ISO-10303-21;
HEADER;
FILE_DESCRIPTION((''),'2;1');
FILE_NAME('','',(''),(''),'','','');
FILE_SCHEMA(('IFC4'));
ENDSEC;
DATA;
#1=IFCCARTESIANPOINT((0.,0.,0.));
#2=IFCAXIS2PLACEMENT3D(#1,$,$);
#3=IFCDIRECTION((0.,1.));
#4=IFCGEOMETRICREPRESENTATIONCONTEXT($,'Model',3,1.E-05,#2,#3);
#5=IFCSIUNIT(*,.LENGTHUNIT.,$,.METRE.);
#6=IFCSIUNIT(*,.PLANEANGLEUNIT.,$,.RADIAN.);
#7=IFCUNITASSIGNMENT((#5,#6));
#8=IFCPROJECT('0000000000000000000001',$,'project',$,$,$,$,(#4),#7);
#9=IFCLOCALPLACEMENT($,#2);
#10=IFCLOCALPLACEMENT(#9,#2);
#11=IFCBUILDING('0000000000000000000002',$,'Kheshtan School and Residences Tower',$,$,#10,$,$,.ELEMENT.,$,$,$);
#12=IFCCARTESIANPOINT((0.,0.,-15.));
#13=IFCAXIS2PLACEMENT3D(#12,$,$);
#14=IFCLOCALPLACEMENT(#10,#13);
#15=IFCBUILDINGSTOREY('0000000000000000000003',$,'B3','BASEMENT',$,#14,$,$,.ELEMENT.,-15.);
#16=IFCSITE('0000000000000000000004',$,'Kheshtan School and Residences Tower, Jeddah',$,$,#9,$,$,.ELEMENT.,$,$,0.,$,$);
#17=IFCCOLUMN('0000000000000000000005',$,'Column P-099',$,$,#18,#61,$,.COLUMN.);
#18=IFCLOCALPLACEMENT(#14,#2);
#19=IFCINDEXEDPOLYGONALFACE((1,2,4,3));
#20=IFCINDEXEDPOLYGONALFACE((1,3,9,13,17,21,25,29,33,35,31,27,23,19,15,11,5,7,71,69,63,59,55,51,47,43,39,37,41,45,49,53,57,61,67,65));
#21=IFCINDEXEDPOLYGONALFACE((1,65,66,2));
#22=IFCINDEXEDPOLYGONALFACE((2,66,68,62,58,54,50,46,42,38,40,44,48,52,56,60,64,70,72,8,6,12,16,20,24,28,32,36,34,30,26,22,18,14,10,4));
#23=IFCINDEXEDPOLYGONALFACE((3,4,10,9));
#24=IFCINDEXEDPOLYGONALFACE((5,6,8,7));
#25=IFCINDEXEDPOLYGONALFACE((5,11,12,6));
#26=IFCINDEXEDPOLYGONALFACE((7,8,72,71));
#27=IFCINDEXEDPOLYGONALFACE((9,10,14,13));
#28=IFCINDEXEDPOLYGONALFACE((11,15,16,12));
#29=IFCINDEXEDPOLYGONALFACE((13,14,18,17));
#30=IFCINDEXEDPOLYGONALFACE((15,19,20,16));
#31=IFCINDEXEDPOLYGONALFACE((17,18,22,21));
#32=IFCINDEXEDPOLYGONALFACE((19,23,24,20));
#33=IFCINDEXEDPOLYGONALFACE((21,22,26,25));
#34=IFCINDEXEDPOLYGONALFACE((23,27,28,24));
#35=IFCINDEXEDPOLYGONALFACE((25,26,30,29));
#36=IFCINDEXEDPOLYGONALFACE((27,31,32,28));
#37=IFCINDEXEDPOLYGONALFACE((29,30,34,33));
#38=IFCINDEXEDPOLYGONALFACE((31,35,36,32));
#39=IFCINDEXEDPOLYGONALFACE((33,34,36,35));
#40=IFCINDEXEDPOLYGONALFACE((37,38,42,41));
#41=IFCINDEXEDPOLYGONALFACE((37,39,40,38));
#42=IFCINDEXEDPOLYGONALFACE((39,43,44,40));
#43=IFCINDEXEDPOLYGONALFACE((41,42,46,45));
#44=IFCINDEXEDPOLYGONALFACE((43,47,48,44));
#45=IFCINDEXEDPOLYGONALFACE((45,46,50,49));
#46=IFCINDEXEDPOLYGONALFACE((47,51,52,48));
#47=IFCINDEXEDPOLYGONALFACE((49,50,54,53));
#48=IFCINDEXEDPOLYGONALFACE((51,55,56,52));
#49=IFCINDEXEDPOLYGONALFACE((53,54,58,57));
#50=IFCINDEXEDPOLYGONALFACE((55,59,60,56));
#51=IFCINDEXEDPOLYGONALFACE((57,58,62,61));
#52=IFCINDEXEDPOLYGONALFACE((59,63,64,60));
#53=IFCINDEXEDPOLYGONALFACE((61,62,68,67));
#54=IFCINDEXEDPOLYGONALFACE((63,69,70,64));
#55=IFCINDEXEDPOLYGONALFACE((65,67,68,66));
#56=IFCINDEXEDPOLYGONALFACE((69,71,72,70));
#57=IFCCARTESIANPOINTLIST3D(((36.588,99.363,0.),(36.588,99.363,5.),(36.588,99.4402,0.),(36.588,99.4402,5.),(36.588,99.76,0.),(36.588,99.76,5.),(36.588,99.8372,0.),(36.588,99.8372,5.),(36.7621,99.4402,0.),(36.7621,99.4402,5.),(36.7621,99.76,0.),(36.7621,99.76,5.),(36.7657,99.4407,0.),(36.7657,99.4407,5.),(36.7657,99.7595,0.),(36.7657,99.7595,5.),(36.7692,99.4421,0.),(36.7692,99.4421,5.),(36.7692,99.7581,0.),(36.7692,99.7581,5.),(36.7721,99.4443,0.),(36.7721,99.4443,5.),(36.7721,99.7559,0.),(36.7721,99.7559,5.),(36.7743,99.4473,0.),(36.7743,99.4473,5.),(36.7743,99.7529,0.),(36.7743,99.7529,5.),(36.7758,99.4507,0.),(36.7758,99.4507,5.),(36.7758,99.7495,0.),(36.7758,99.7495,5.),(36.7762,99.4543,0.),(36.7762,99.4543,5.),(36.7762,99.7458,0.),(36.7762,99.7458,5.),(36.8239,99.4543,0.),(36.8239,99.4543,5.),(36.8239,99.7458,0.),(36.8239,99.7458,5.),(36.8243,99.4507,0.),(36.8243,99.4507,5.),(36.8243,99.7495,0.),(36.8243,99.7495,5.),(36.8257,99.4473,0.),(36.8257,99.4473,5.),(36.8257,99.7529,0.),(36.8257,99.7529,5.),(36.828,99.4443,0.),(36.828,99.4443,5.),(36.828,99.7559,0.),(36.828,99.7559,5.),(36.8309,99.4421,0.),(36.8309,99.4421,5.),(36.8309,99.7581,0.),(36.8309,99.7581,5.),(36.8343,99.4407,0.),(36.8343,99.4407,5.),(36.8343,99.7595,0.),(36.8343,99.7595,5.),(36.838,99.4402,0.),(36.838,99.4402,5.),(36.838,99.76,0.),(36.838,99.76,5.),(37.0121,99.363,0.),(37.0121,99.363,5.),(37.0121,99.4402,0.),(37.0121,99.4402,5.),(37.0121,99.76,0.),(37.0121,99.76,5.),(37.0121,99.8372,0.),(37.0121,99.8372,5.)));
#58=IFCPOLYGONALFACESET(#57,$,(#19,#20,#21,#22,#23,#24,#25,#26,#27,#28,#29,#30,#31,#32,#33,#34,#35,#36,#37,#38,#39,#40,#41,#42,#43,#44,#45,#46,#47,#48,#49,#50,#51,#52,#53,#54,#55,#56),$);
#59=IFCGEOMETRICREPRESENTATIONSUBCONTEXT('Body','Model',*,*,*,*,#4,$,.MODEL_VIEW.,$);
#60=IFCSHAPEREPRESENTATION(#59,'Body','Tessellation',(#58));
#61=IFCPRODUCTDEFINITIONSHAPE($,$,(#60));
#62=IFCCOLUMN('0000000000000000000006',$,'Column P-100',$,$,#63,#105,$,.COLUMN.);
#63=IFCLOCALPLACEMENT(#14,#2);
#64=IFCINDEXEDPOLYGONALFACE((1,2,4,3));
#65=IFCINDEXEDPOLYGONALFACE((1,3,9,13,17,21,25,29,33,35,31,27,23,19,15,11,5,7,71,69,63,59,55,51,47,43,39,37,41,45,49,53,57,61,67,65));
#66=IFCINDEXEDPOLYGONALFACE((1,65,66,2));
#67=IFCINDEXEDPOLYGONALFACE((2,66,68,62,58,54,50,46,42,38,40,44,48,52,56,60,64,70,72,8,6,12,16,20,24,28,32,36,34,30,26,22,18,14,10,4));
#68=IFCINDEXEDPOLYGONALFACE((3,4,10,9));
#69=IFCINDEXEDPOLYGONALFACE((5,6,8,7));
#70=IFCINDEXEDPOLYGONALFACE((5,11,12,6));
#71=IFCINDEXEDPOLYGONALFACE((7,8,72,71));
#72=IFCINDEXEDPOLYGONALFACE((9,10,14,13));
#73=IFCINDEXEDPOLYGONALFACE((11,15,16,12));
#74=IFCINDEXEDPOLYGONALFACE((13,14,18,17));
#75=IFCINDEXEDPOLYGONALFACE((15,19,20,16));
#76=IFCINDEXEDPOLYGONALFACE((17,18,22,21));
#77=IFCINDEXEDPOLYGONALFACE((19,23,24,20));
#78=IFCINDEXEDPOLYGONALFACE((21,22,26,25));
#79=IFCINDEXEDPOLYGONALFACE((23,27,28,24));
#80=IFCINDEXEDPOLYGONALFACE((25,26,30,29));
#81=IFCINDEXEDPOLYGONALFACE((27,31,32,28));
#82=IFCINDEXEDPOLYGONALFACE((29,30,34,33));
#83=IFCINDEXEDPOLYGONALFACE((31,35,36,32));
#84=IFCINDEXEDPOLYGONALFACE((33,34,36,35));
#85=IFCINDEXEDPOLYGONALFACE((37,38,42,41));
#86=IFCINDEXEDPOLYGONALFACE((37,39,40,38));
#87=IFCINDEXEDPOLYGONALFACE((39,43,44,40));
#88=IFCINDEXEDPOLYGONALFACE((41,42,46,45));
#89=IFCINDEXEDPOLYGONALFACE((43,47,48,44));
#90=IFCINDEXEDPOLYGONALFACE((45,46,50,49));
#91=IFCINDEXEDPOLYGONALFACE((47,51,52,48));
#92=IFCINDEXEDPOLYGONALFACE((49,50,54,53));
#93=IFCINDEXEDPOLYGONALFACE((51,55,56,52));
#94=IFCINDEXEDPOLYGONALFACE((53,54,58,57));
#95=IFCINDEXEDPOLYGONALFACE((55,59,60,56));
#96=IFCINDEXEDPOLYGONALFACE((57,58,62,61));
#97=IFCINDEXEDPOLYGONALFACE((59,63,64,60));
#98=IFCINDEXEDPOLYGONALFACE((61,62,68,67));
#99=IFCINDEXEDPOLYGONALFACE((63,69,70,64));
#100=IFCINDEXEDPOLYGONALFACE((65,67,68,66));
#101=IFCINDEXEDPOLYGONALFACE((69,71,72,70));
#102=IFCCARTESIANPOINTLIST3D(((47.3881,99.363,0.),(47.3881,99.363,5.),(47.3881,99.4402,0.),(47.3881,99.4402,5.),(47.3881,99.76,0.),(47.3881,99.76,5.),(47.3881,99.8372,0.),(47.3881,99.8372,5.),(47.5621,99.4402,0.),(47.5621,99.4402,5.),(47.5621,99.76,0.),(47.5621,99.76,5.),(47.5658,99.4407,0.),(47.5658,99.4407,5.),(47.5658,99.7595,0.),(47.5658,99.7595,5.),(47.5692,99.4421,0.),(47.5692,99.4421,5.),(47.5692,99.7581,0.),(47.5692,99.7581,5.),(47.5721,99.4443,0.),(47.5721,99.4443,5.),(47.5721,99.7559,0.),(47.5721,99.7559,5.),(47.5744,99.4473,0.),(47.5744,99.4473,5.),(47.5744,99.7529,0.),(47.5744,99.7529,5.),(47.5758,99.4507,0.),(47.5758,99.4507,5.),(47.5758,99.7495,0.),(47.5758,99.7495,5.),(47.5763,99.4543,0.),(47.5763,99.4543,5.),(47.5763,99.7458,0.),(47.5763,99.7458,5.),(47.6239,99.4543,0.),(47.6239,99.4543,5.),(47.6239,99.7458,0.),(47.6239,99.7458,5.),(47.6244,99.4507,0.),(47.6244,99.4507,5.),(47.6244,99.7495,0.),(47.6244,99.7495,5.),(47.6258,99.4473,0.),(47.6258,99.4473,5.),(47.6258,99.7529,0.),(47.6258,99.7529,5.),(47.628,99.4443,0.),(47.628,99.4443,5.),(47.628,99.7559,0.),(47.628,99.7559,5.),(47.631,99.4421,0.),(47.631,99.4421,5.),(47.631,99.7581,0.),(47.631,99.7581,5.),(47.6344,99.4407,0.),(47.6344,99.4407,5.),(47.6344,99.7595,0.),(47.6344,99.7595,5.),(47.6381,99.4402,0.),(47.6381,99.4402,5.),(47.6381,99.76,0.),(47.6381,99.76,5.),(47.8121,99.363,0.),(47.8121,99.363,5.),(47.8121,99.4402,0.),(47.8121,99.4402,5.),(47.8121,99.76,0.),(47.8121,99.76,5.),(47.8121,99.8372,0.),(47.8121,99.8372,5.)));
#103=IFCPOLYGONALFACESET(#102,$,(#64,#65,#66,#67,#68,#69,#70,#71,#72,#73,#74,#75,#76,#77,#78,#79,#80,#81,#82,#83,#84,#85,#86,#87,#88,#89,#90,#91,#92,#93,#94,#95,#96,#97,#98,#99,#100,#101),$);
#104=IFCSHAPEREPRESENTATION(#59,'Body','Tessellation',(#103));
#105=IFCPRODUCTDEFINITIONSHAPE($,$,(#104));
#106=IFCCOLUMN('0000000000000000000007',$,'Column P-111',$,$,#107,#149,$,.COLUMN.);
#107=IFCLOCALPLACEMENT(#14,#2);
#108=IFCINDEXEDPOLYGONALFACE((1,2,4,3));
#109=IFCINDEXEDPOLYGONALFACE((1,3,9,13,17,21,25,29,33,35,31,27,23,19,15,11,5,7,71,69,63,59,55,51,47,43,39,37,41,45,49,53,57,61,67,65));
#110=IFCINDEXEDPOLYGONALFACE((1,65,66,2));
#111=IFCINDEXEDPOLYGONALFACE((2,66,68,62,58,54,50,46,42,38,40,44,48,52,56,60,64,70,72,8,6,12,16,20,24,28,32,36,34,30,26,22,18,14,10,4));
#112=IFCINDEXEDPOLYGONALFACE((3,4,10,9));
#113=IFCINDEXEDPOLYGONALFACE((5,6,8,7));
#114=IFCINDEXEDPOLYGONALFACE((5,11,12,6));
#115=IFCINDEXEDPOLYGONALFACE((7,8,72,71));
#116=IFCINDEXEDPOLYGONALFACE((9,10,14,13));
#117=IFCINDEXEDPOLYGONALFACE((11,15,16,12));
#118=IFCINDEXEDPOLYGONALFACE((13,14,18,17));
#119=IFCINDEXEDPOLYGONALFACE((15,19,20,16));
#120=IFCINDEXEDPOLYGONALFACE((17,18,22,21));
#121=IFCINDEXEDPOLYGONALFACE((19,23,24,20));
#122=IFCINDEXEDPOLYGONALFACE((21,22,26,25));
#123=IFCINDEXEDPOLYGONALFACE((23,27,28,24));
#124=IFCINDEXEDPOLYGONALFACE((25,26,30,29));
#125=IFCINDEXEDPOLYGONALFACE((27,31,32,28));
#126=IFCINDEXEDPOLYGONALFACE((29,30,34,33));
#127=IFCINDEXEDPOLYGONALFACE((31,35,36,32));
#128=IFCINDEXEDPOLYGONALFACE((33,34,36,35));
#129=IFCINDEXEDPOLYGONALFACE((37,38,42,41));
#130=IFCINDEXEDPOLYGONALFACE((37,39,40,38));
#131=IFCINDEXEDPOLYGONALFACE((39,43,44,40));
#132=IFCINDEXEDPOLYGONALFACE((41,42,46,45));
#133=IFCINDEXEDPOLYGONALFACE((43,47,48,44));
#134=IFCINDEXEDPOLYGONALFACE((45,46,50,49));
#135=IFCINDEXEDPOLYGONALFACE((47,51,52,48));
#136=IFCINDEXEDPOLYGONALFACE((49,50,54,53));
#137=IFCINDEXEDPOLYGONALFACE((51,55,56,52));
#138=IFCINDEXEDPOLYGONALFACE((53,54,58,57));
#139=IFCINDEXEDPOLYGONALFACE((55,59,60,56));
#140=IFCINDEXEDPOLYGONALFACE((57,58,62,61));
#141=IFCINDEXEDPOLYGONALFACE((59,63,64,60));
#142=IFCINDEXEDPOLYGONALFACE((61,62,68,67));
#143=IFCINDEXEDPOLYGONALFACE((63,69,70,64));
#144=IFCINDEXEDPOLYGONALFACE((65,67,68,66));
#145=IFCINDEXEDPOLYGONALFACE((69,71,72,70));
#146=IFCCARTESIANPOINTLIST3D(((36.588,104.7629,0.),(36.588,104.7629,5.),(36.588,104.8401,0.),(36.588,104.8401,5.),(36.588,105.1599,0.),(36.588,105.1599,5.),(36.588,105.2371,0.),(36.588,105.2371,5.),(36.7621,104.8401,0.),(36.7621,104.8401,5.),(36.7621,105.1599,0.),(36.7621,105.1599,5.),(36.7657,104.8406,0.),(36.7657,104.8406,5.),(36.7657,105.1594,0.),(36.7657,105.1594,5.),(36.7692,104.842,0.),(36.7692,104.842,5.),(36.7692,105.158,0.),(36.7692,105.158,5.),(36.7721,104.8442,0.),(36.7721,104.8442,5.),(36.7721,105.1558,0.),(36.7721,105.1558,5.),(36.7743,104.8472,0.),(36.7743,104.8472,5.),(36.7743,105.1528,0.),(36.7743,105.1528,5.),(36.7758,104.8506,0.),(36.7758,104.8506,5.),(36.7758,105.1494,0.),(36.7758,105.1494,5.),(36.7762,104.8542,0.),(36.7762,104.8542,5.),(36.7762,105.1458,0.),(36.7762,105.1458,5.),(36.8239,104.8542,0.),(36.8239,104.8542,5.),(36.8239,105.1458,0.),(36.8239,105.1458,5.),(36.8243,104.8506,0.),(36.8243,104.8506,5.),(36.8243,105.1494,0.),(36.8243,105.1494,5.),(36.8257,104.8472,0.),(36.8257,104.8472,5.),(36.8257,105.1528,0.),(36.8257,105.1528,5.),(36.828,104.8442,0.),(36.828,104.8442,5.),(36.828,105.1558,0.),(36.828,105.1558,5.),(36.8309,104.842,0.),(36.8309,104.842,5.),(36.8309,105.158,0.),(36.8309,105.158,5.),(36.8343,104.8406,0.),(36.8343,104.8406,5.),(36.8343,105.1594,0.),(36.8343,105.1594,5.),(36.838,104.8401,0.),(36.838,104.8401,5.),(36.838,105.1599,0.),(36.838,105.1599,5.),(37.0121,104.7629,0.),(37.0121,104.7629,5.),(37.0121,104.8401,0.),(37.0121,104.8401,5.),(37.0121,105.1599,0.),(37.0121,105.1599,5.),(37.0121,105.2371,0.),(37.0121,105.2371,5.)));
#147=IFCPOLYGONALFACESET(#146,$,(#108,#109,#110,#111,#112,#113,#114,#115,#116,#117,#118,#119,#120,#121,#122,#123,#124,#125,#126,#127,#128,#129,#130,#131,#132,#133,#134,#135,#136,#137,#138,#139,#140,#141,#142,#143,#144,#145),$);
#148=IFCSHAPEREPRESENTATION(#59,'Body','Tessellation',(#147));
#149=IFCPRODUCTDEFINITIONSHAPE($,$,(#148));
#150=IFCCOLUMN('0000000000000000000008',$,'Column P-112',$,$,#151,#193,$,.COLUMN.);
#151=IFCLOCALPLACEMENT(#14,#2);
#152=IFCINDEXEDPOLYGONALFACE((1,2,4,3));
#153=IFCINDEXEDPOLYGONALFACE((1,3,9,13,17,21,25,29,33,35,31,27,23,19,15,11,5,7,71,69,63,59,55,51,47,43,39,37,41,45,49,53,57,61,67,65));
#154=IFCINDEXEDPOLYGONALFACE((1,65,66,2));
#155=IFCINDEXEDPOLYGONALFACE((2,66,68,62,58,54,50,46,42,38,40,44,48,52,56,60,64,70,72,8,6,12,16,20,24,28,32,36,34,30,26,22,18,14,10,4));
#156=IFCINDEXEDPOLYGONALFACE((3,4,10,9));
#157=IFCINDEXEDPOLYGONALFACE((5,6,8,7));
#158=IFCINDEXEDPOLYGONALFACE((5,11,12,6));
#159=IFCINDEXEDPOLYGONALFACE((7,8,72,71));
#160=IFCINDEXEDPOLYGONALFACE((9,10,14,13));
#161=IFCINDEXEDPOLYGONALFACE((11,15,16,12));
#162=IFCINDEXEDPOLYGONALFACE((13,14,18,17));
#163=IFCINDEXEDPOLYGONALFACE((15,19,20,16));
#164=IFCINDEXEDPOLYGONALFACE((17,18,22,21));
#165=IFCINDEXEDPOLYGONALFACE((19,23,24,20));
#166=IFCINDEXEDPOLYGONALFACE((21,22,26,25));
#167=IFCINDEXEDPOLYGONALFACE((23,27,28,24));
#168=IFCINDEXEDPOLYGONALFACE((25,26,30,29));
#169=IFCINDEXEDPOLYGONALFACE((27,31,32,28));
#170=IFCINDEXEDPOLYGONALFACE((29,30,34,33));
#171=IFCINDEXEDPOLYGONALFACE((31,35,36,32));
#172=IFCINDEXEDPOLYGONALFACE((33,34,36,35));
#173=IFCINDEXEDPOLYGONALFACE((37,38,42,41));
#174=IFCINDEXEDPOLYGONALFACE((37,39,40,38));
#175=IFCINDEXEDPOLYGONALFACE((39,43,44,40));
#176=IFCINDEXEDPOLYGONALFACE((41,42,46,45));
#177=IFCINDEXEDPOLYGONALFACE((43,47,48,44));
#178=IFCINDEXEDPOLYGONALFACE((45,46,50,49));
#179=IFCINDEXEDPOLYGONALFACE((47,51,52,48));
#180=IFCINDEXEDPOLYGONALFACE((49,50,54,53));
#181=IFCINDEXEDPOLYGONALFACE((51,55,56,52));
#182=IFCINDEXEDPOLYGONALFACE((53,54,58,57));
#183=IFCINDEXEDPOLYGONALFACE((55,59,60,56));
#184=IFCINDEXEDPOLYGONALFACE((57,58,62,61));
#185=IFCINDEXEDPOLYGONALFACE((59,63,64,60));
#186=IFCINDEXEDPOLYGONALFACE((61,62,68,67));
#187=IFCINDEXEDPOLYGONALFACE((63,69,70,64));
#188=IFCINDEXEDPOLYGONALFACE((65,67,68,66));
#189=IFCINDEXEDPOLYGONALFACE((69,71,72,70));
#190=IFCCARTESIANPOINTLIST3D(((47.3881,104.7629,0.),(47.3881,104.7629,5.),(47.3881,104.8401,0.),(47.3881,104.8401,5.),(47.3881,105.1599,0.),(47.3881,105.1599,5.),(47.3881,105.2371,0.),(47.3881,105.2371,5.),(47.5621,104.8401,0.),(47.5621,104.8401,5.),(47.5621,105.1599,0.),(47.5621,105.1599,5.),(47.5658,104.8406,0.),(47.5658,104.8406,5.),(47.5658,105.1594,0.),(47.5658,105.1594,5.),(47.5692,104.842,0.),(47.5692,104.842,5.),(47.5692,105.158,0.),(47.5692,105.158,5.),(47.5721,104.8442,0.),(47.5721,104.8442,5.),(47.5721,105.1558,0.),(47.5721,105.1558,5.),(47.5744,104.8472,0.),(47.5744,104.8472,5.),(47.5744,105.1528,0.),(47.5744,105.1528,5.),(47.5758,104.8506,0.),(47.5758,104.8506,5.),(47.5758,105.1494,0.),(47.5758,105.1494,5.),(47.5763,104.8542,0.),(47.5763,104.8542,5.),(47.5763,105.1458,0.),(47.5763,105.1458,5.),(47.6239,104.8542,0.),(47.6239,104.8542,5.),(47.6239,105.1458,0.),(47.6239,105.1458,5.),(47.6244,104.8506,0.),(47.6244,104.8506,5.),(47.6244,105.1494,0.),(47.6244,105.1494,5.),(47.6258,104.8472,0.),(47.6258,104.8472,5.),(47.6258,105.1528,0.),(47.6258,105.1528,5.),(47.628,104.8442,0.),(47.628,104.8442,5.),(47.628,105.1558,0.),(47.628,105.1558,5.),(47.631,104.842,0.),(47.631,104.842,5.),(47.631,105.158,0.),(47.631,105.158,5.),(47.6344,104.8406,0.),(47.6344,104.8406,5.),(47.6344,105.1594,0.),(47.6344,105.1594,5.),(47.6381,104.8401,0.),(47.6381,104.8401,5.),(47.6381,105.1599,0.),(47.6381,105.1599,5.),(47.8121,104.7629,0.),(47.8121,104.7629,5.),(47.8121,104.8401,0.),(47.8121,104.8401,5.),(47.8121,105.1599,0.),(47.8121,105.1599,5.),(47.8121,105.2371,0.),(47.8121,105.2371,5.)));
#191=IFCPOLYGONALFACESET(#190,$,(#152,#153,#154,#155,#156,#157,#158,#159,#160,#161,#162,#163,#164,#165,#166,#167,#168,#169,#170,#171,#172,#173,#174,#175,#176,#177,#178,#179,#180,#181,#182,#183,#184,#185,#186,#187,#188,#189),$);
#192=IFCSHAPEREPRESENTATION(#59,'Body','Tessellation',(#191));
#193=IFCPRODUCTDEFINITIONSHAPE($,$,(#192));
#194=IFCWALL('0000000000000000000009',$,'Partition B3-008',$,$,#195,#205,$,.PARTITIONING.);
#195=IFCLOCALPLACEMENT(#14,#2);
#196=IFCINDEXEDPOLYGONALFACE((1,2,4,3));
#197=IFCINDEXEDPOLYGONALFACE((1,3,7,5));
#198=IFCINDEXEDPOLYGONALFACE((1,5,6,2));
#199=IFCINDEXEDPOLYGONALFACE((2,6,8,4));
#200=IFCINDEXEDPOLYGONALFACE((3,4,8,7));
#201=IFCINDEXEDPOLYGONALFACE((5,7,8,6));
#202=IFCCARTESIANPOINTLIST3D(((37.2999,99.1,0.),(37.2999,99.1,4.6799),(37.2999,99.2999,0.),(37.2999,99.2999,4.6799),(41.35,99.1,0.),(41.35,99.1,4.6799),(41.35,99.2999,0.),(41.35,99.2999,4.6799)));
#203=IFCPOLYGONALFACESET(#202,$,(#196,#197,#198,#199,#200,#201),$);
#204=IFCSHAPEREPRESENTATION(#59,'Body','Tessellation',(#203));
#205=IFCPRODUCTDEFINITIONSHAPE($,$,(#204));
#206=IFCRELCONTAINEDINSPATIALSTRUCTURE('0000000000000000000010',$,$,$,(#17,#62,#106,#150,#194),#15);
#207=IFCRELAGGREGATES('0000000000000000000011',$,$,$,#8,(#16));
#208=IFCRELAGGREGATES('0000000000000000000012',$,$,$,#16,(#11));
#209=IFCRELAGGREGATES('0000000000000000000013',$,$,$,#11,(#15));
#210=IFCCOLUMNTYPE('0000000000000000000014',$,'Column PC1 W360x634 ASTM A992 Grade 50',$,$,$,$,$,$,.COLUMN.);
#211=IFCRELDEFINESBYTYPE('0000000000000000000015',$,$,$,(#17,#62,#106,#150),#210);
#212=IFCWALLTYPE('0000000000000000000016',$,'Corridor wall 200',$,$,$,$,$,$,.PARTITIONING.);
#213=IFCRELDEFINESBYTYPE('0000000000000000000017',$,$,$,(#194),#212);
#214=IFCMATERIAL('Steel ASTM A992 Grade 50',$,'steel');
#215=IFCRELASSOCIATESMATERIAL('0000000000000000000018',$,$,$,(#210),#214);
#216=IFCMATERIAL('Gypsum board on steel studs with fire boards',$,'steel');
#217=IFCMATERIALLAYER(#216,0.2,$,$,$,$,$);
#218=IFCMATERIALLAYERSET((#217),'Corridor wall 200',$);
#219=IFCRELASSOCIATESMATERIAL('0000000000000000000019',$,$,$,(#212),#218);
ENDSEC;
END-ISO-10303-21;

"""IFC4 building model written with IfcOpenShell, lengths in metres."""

from ifc_helpers import new_model, si_unit, direction, frame, frame_2d, origin, origin_2d, place, context, subcontext, project, spatial, rectangle, i_section, extrude, material, layer, layer_set, material_profile, profile_set, type_object, element, save


model = new_model("IFC4")

# Units and contexts
model_context = context("Model", 3, precision=1e-05, world=origin(), true_north=direction((0.0, 1.0)))
body_context = subcontext(model_context, "Body", "Model", "MODEL_VIEW")
ifc_project = project(units=[si_unit("LENGTHUNIT", "METRE"), si_unit("PLANEANGLEUNIT", "RADIAN")], contexts=[model_context])

# Site, building, storey
site_placement = place(None, origin())
site = spatial("IfcSite", under=ifc_project, at=site_placement, Name="Kheshtan School and Residences Tower, Jeddah", CompositionType="ELEMENT", RefElevation=0.0)
building_placement = place(site_placement, origin())
building = spatial("IfcBuilding", under=site, at=building_placement, Name="Kheshtan School and Residences Tower", CompositionType="ELEMENT")
storey_placement = place(building_placement, frame((0.0, 0.0, -15.0)))
storey = spatial("IfcBuildingStorey", under=building, at=storey_placement, Name="B3", Description="BASEMENT", CompositionType="ELEMENT", Elevation=-15.0)

# Columns
ifc_material_1 = material(Name="Steel ASTM A992 Grade 50", Category="steel")
ifc_material_profile_1 = material_profile(ifc_material_1, i_section(OverallWidth=0.4241, OverallDepth=0.4741, WebThickness=0.0476, FlangeThickness=0.0771, FilletRadius=0.0142, at=origin_2d()), Name="W360x634")
ifc_profile_set_1 = profile_set([ifc_material_profile_1], Name="Steel ASTM A992 Grade 50")
column_type = type_object("IfcColumnType", Name="Column PC1 W360x634 ASTM A992 Grade 50", PredefinedType="COLUMN", material=ifc_profile_set_1)
for number, where, z_axis, x_axis, name in (
    (1, (36.8, 99.6001, 0.0), (0.0, 0.0, 1.0), (1.0, 0.0, 0.0), "Column P-099"),
    (2, (47.6001, 99.6001, 0.0), (0.0, 0.0, 1.0), (1.0, 0.0, 0.0), "Column P-100"),
    (3, (36.8, 105.0, 0.0), (0.0, 0.0, 1.0), (1.0, 0.0, 0.0), "Column P-111"),
    (4, (47.6001, 105.0, 0.0), (0.0, 0.0, 1.0), (1.0, 0.0, 0.0), "Column P-112"),
):
    element("IfcColumn", number, at=place(storey_placement, frame(where, z_axis=z_axis, x_axis=x_axis)), inside=storey, type_object=column_type, Name=name, PredefinedType="COLUMN", context=body_context, shape_type="SweptSolid", body=[
        extrude(i_section(OverallWidth=0.4241, OverallDepth=0.4741, WebThickness=0.0476, FlangeThickness=0.0771, FilletRadius=0.0142, at=origin_2d()), origin(), (0.0, 0.0, 1.0), 5.0),
    ])

# Wall
ifc_material_2 = material(Name="Gypsum board on steel studs with fire boards", Category="steel")
ifc_layer_1 = layer(ifc_material_2, 0.2)
ifc_layer_set_1 = layer_set([ifc_layer_1], Name="Corridor wall 200")
wall_type_1 = type_object("IfcWallType", Name="Corridor wall 200", PredefinedType="PARTITIONING", material=ifc_layer_set_1)
wall_1_placement = place(storey_placement, frame((37.3, 99.2, 0.0), z_axis=(0.0, 0.0, 1.0), x_axis=(1.0, 0.0, 0.0)))
element("IfcWall", 5, at=wall_1_placement, inside=storey, type_object=wall_type_1, Name="Partition B3-008", PredefinedType="PARTITIONING", context=body_context, shape_type="SweptSolid", body=[
    extrude(rectangle(XDim=4.05, YDim=0.2, at=frame_2d((2.0249, 0.0))), origin(), (0.0, 0.0, 1.0), 4.6799),
])

save(model, "model.ifc")
